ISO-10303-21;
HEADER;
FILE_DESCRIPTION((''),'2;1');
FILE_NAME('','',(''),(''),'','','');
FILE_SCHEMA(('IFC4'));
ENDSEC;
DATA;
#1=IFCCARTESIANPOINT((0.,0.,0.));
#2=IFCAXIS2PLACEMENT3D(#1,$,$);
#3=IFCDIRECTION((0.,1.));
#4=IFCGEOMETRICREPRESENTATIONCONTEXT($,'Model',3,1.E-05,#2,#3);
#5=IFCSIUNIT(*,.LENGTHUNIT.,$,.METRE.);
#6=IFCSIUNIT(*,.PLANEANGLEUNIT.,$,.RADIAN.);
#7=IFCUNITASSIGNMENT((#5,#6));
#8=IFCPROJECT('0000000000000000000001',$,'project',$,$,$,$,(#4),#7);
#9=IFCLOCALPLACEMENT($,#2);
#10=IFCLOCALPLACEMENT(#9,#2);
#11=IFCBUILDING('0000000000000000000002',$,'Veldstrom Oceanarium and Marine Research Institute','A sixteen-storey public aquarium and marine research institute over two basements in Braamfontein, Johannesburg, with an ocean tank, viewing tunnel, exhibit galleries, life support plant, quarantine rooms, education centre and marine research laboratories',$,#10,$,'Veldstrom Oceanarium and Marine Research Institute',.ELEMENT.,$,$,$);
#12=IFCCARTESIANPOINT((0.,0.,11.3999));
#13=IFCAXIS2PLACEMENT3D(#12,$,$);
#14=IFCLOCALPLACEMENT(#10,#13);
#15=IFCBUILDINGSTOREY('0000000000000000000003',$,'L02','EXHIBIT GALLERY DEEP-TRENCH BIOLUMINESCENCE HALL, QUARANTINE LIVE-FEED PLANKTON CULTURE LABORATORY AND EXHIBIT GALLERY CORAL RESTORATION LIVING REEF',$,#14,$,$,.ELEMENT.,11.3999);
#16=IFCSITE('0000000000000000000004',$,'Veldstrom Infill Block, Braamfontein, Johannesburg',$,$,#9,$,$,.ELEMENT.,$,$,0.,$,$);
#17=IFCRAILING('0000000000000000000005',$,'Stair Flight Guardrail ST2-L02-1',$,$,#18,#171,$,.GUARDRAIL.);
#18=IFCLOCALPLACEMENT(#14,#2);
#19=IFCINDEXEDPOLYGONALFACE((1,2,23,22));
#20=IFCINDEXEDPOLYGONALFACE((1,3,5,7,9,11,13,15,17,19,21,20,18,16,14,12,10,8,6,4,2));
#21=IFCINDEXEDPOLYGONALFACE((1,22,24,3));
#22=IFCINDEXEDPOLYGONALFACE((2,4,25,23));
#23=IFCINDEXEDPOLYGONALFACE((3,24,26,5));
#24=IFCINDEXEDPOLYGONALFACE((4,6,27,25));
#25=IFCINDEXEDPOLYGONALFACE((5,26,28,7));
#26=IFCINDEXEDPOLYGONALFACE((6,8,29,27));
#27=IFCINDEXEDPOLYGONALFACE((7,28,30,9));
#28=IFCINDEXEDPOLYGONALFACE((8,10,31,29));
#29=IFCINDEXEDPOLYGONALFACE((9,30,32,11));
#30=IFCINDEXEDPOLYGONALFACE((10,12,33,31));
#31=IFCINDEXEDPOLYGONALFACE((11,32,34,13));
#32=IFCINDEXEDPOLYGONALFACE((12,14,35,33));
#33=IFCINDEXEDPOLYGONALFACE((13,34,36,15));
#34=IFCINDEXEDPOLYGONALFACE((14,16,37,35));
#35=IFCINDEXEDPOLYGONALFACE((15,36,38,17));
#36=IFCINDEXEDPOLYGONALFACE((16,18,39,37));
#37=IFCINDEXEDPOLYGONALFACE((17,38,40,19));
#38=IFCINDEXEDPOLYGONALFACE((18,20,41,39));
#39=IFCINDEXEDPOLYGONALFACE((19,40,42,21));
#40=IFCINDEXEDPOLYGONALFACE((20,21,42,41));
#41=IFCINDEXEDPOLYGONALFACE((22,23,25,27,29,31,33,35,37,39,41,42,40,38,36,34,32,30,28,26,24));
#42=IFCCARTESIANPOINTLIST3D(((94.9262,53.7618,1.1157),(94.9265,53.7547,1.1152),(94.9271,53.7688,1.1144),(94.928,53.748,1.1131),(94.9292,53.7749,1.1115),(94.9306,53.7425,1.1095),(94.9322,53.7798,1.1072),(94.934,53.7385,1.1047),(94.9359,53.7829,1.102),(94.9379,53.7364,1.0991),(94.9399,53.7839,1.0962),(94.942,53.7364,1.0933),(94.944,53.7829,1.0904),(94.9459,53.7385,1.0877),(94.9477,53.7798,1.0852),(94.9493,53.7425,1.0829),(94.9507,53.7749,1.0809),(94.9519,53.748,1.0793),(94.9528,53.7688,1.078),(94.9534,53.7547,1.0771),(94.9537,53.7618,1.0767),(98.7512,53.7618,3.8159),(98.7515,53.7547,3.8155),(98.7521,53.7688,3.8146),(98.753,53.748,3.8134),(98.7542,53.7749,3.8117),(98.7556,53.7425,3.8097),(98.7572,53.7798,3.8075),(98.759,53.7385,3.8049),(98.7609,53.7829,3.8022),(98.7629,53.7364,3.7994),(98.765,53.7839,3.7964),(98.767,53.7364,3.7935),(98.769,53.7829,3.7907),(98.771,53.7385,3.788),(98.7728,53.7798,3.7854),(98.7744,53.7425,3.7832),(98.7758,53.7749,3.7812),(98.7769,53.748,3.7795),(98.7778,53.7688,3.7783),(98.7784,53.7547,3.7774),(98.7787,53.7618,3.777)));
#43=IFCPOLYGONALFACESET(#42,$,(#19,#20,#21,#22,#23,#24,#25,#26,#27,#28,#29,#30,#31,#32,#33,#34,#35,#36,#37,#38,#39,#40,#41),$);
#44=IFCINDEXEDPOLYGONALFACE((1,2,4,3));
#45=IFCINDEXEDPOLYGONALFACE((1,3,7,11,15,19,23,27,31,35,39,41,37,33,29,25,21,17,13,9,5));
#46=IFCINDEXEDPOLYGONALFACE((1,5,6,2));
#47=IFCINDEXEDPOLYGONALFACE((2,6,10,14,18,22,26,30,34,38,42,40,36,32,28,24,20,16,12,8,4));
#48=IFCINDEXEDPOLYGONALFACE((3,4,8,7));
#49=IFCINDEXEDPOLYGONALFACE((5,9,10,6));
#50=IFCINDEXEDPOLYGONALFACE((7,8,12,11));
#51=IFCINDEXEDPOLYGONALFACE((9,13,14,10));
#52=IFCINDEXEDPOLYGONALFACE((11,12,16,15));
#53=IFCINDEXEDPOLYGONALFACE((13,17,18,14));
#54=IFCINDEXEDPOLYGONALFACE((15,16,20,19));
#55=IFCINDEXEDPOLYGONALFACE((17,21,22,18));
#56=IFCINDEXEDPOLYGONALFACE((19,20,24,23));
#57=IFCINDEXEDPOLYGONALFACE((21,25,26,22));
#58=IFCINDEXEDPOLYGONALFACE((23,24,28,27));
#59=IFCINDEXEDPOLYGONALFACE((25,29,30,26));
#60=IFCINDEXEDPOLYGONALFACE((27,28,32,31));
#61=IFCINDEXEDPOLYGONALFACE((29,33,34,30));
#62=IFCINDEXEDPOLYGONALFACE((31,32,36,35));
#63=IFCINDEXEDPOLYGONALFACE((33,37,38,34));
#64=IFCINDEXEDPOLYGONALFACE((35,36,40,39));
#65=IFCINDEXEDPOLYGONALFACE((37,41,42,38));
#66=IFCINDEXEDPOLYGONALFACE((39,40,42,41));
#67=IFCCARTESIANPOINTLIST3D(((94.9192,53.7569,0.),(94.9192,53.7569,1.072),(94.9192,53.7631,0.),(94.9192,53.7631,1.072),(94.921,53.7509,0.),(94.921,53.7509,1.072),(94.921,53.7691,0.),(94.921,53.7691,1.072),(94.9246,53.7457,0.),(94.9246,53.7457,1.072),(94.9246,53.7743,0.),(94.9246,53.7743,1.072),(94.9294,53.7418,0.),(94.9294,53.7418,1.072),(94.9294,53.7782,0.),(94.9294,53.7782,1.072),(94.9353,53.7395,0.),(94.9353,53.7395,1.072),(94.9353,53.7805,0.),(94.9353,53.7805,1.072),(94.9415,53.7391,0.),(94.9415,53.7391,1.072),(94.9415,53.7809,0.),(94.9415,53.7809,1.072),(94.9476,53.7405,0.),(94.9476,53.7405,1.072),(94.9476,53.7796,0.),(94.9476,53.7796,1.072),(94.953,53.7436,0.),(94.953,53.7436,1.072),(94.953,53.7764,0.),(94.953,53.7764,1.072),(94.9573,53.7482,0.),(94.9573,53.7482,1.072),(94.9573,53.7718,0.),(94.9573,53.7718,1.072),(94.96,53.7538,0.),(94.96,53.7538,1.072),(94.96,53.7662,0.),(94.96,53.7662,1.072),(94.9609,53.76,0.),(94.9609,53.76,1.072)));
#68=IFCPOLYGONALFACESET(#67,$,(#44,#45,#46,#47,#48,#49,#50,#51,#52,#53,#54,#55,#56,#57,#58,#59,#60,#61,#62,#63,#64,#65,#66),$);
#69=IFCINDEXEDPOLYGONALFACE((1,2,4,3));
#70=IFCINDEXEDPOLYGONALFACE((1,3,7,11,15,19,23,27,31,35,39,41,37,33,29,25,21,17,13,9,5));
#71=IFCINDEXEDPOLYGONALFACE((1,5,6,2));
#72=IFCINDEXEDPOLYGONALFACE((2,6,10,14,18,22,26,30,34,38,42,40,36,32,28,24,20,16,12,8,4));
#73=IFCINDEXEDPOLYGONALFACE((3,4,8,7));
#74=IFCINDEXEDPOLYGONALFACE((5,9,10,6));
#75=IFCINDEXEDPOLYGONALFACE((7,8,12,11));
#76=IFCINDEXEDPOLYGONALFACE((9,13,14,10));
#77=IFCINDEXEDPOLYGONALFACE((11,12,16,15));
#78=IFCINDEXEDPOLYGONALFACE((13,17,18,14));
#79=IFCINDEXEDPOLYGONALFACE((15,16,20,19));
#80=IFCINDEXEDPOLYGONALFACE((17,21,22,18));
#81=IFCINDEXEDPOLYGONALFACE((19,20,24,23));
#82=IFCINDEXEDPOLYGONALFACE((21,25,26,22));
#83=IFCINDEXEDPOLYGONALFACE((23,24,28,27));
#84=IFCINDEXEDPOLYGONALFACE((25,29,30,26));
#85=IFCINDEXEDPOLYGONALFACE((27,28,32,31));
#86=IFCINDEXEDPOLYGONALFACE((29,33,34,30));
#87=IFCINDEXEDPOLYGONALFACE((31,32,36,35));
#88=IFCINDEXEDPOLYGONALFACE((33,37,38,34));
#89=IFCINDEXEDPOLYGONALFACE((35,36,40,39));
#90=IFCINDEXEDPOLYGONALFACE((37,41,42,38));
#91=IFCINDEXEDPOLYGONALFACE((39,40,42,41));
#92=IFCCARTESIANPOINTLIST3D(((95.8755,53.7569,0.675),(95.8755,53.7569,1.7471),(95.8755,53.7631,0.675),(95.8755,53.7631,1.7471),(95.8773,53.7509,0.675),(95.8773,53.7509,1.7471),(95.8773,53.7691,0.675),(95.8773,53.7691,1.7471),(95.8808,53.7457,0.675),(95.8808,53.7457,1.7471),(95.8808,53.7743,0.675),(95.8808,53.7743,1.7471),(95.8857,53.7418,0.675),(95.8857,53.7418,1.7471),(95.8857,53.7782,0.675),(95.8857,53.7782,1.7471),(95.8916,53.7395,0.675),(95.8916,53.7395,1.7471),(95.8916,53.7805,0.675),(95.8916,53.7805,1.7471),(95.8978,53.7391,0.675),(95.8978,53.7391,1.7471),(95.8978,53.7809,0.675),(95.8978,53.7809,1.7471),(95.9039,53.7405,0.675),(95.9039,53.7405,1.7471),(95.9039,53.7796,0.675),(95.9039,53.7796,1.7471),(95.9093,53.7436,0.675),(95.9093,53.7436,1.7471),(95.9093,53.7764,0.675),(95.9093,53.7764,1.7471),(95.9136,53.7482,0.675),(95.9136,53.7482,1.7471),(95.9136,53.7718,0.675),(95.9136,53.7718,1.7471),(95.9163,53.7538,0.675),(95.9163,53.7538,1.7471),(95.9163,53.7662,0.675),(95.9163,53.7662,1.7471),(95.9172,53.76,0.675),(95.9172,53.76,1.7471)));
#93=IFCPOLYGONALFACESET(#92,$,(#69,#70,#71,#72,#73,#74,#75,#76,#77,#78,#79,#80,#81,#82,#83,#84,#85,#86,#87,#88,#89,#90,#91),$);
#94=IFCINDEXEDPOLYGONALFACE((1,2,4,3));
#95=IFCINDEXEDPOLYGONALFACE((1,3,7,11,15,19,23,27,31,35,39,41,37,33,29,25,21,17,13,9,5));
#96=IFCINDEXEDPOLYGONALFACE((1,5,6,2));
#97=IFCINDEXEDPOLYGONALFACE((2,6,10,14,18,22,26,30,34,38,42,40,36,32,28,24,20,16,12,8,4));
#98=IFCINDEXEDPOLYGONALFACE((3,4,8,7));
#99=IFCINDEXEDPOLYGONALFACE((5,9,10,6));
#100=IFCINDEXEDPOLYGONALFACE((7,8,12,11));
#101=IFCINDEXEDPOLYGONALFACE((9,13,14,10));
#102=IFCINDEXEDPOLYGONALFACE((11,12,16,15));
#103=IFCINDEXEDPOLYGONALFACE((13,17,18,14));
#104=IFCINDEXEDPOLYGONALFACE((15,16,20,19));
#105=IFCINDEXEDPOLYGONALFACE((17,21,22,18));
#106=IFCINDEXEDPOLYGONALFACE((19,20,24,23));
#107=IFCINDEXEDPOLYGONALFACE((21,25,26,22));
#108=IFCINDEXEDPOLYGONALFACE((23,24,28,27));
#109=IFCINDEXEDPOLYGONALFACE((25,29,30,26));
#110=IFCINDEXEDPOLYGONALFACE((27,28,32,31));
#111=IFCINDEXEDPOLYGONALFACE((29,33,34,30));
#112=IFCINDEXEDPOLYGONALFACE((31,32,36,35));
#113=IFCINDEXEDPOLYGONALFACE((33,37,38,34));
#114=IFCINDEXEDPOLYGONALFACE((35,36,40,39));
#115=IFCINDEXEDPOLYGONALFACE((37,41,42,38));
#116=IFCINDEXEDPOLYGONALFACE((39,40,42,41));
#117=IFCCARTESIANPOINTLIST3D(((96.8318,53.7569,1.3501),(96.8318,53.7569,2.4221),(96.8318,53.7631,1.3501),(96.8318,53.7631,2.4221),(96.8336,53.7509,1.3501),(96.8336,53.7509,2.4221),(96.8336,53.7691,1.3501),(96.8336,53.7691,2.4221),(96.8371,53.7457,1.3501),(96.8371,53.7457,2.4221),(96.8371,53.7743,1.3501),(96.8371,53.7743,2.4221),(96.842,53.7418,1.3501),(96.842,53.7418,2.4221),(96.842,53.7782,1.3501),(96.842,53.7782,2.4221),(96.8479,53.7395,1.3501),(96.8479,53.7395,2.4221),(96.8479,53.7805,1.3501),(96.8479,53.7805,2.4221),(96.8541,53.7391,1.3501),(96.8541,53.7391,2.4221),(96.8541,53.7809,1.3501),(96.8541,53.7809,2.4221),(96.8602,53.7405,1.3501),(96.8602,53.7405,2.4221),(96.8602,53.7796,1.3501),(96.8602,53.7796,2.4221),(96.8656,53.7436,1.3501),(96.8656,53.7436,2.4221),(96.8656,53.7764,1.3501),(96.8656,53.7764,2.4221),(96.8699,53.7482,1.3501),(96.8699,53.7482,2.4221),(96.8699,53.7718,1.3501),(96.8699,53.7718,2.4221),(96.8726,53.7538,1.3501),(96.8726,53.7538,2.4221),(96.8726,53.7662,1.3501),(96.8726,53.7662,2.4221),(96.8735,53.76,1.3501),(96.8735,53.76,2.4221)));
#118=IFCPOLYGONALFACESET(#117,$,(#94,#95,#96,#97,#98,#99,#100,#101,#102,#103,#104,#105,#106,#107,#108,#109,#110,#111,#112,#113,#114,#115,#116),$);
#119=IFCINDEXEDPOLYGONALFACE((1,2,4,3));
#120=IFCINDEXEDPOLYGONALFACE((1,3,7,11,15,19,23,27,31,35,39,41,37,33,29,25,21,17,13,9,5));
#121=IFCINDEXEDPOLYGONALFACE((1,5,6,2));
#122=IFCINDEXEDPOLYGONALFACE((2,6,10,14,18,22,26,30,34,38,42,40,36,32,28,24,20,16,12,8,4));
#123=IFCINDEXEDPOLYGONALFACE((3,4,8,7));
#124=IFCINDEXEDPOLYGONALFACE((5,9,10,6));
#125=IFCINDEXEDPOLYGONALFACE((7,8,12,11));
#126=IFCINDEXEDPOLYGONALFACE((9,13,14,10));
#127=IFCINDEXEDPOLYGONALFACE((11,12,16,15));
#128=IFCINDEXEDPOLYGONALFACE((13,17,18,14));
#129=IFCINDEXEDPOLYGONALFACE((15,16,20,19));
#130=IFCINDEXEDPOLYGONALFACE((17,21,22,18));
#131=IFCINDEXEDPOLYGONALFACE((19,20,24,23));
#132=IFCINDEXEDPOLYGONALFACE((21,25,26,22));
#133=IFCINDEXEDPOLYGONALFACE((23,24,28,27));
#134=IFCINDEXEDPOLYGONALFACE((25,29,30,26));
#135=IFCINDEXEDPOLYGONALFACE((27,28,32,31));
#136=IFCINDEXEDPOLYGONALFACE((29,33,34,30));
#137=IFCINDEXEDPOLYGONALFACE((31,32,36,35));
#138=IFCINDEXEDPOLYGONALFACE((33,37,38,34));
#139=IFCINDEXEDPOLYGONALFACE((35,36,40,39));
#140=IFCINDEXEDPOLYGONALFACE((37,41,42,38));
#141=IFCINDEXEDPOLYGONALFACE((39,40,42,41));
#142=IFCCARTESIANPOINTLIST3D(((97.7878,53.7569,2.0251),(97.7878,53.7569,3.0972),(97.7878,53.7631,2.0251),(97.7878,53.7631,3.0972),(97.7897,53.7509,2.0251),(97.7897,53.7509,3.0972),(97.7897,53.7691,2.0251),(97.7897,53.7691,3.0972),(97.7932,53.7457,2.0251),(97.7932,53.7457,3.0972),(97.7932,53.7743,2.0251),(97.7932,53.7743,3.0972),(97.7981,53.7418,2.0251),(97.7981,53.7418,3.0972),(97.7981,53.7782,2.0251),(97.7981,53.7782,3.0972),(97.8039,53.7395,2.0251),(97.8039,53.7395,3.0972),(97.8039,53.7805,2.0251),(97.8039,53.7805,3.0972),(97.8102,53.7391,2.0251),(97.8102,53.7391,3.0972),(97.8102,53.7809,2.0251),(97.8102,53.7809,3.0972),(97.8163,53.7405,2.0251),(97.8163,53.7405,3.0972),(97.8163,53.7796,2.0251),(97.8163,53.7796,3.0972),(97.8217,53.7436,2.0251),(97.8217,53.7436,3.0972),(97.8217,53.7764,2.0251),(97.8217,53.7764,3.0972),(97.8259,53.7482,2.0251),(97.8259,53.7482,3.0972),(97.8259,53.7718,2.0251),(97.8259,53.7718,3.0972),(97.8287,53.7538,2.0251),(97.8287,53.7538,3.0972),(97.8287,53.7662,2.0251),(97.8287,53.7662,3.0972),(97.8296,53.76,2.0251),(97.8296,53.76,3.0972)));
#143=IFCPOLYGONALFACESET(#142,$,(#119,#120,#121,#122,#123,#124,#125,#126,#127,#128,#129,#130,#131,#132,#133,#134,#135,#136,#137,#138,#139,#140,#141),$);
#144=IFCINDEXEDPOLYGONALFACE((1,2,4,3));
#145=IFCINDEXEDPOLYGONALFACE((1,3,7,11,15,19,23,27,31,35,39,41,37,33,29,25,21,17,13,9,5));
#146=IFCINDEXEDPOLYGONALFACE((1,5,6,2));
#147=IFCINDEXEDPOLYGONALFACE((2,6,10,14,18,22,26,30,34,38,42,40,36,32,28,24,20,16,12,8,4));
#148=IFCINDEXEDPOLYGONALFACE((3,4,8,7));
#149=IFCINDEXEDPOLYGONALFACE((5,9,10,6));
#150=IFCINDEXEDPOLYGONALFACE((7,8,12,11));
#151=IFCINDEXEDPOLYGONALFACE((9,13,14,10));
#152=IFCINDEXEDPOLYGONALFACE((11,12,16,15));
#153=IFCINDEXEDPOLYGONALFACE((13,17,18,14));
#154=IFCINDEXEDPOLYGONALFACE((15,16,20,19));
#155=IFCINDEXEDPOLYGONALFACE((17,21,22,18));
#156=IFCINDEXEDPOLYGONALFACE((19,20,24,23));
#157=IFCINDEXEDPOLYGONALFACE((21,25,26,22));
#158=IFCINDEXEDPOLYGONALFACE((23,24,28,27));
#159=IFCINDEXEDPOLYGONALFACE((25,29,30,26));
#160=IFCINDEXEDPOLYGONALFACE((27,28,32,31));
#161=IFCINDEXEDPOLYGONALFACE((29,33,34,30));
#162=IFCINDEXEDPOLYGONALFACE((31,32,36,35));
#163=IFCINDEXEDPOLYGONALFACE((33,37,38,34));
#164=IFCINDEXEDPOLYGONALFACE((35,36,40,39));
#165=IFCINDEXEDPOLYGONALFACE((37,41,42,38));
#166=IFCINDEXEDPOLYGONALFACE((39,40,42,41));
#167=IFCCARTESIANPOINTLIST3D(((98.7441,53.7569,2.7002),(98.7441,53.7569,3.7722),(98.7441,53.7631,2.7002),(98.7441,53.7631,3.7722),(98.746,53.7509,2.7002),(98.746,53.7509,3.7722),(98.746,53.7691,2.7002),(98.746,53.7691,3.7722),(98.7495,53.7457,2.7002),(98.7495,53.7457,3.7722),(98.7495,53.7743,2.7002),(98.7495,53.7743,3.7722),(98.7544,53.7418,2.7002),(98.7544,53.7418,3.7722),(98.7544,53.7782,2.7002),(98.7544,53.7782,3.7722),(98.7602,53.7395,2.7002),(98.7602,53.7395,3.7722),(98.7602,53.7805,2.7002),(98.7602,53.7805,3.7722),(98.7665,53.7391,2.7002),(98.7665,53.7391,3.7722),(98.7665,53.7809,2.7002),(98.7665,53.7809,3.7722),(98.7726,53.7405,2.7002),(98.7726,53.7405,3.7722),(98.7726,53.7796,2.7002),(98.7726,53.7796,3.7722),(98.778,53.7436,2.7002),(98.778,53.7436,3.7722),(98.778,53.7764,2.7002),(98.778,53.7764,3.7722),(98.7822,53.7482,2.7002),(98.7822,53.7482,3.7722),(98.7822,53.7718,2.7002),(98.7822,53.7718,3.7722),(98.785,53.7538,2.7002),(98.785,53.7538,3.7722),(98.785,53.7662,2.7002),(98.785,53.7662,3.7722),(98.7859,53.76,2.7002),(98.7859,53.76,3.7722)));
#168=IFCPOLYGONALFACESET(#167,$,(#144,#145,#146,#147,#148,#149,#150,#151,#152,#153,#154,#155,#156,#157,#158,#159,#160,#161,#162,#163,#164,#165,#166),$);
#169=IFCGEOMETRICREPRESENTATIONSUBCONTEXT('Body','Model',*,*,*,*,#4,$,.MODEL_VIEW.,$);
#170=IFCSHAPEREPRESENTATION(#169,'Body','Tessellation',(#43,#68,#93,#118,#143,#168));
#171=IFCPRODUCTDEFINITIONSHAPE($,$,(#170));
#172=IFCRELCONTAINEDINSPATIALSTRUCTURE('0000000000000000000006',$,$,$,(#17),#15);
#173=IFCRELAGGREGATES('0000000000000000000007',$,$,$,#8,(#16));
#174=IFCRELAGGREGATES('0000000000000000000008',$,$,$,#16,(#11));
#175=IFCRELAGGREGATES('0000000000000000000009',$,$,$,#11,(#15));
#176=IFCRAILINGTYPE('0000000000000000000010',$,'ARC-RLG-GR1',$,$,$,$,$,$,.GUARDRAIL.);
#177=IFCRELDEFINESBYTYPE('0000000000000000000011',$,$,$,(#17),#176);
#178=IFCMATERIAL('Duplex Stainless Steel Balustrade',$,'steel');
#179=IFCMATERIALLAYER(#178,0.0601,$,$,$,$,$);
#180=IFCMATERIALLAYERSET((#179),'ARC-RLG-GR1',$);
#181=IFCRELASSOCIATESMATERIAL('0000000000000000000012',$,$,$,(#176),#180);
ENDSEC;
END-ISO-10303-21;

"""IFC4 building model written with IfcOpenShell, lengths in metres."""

from ifc_helpers import new_model, si_unit, direction, frame, origin, origin_2d, place, context, subcontext, project, spatial, circle, extrude, material, layer, layer_set, type_object, element, save


model = new_model("IFC4")

# Units and contexts
model_context = context("Model", 3, precision=1e-05, world=origin(), true_north=direction((0.0, 1.0)))
body_context = subcontext(model_context, "Body", "Model", "MODEL_VIEW")
ifc_project = project(units=[si_unit("LENGTHUNIT", "METRE"), si_unit("PLANEANGLEUNIT", "RADIAN")], contexts=[model_context])

# Site, building, storey
site_placement = place(None, origin())
site = spatial("IfcSite", under=ifc_project, at=site_placement, Name="Veldstrom Infill Block, Braamfontein, Johannesburg", CompositionType="ELEMENT", RefElevation=0.0)
building_placement = place(site_placement, origin())
building = spatial("IfcBuilding", under=site, at=building_placement, Name="Veldstrom Oceanarium and Marine Research Institute", Description="A sixteen-storey public aquarium and marine research institute over two basements in Braamfontein, Johannesburg, with an ocean tank, viewing tunnel, exhibit galleries, life support plant, quarantine rooms, education centre and marine research laboratories", LongName="Veldstrom Oceanarium and Marine Research Institute", CompositionType="ELEMENT")
storey_placement = place(building_placement, frame((0.0, 0.0, 11.3999)))
storey = spatial("IfcBuildingStorey", under=building, at=storey_placement, Name="L02", Description="EXHIBIT GALLERY DEEP-TRENCH BIOLUMINESCENCE HALL, QUARANTINE LIVE-FEED PLANKTON CULTURE LABORATORY AND EXHIBIT GALLERY CORAL RESTORATION LIVING REEF", CompositionType="ELEMENT", Elevation=11.3999)

# Railing
ifc_material_1 = material(Name="Duplex Stainless Steel Balustrade", Category="steel")
ifc_layer_1 = layer(ifc_material_1, 0.0601)
ifc_layer_set_1 = layer_set([ifc_layer_1], Name="ARC-RLG-GR1")
railing_type_1 = type_object("IfcRailingType", Name="ARC-RLG-GR1", PredefinedType="GUARDRAIL", material=ifc_layer_set_1)
railing_1_placement = place(storey_placement, frame((94.9399, 53.76, 0.0)))
element("IfcRailing", 1, at=railing_1_placement, inside=storey, type_object=railing_type_1, Name="Stair Flight Guardrail ST2-L02-1", PredefinedType="GUARDRAIL", context=body_context, shape_type="SweptSolid", body=[
    extrude(circle(Radius=0.0239, at=origin_2d()), frame((0.0, 0.0, 1.0962), z_axis=(0.816945, 0.0, 0.576716), x_axis=(0.0, 1.0, 0.0)), (0.0, 0.0, 1.0), 4.6821),
    extrude(circle(Radius=0.021, at=origin_2d()), origin(), (0.0, 0.0, 1.0), 1.072),
    extrude(circle(Radius=0.021, at=origin_2d()), frame((0.9563, 0.0, 0.675)), (0.0, 0.0, 1.0), 1.072),
    extrude(circle(Radius=0.021, at=origin_2d()), frame((1.9126, 0.0, 1.3501)), (0.0, 0.0, 1.0), 1.072),
    extrude(circle(Radius=0.021, at=origin_2d()), frame((2.8687, 0.0, 2.0251)), (0.0, 0.0, 1.0), 1.072),
    extrude(circle(Radius=0.021, at=origin_2d()), frame((3.825, 0.0, 2.7002)), (0.0, 0.0, 1.0), 1.072),
])

save(model, "model.ifc")
